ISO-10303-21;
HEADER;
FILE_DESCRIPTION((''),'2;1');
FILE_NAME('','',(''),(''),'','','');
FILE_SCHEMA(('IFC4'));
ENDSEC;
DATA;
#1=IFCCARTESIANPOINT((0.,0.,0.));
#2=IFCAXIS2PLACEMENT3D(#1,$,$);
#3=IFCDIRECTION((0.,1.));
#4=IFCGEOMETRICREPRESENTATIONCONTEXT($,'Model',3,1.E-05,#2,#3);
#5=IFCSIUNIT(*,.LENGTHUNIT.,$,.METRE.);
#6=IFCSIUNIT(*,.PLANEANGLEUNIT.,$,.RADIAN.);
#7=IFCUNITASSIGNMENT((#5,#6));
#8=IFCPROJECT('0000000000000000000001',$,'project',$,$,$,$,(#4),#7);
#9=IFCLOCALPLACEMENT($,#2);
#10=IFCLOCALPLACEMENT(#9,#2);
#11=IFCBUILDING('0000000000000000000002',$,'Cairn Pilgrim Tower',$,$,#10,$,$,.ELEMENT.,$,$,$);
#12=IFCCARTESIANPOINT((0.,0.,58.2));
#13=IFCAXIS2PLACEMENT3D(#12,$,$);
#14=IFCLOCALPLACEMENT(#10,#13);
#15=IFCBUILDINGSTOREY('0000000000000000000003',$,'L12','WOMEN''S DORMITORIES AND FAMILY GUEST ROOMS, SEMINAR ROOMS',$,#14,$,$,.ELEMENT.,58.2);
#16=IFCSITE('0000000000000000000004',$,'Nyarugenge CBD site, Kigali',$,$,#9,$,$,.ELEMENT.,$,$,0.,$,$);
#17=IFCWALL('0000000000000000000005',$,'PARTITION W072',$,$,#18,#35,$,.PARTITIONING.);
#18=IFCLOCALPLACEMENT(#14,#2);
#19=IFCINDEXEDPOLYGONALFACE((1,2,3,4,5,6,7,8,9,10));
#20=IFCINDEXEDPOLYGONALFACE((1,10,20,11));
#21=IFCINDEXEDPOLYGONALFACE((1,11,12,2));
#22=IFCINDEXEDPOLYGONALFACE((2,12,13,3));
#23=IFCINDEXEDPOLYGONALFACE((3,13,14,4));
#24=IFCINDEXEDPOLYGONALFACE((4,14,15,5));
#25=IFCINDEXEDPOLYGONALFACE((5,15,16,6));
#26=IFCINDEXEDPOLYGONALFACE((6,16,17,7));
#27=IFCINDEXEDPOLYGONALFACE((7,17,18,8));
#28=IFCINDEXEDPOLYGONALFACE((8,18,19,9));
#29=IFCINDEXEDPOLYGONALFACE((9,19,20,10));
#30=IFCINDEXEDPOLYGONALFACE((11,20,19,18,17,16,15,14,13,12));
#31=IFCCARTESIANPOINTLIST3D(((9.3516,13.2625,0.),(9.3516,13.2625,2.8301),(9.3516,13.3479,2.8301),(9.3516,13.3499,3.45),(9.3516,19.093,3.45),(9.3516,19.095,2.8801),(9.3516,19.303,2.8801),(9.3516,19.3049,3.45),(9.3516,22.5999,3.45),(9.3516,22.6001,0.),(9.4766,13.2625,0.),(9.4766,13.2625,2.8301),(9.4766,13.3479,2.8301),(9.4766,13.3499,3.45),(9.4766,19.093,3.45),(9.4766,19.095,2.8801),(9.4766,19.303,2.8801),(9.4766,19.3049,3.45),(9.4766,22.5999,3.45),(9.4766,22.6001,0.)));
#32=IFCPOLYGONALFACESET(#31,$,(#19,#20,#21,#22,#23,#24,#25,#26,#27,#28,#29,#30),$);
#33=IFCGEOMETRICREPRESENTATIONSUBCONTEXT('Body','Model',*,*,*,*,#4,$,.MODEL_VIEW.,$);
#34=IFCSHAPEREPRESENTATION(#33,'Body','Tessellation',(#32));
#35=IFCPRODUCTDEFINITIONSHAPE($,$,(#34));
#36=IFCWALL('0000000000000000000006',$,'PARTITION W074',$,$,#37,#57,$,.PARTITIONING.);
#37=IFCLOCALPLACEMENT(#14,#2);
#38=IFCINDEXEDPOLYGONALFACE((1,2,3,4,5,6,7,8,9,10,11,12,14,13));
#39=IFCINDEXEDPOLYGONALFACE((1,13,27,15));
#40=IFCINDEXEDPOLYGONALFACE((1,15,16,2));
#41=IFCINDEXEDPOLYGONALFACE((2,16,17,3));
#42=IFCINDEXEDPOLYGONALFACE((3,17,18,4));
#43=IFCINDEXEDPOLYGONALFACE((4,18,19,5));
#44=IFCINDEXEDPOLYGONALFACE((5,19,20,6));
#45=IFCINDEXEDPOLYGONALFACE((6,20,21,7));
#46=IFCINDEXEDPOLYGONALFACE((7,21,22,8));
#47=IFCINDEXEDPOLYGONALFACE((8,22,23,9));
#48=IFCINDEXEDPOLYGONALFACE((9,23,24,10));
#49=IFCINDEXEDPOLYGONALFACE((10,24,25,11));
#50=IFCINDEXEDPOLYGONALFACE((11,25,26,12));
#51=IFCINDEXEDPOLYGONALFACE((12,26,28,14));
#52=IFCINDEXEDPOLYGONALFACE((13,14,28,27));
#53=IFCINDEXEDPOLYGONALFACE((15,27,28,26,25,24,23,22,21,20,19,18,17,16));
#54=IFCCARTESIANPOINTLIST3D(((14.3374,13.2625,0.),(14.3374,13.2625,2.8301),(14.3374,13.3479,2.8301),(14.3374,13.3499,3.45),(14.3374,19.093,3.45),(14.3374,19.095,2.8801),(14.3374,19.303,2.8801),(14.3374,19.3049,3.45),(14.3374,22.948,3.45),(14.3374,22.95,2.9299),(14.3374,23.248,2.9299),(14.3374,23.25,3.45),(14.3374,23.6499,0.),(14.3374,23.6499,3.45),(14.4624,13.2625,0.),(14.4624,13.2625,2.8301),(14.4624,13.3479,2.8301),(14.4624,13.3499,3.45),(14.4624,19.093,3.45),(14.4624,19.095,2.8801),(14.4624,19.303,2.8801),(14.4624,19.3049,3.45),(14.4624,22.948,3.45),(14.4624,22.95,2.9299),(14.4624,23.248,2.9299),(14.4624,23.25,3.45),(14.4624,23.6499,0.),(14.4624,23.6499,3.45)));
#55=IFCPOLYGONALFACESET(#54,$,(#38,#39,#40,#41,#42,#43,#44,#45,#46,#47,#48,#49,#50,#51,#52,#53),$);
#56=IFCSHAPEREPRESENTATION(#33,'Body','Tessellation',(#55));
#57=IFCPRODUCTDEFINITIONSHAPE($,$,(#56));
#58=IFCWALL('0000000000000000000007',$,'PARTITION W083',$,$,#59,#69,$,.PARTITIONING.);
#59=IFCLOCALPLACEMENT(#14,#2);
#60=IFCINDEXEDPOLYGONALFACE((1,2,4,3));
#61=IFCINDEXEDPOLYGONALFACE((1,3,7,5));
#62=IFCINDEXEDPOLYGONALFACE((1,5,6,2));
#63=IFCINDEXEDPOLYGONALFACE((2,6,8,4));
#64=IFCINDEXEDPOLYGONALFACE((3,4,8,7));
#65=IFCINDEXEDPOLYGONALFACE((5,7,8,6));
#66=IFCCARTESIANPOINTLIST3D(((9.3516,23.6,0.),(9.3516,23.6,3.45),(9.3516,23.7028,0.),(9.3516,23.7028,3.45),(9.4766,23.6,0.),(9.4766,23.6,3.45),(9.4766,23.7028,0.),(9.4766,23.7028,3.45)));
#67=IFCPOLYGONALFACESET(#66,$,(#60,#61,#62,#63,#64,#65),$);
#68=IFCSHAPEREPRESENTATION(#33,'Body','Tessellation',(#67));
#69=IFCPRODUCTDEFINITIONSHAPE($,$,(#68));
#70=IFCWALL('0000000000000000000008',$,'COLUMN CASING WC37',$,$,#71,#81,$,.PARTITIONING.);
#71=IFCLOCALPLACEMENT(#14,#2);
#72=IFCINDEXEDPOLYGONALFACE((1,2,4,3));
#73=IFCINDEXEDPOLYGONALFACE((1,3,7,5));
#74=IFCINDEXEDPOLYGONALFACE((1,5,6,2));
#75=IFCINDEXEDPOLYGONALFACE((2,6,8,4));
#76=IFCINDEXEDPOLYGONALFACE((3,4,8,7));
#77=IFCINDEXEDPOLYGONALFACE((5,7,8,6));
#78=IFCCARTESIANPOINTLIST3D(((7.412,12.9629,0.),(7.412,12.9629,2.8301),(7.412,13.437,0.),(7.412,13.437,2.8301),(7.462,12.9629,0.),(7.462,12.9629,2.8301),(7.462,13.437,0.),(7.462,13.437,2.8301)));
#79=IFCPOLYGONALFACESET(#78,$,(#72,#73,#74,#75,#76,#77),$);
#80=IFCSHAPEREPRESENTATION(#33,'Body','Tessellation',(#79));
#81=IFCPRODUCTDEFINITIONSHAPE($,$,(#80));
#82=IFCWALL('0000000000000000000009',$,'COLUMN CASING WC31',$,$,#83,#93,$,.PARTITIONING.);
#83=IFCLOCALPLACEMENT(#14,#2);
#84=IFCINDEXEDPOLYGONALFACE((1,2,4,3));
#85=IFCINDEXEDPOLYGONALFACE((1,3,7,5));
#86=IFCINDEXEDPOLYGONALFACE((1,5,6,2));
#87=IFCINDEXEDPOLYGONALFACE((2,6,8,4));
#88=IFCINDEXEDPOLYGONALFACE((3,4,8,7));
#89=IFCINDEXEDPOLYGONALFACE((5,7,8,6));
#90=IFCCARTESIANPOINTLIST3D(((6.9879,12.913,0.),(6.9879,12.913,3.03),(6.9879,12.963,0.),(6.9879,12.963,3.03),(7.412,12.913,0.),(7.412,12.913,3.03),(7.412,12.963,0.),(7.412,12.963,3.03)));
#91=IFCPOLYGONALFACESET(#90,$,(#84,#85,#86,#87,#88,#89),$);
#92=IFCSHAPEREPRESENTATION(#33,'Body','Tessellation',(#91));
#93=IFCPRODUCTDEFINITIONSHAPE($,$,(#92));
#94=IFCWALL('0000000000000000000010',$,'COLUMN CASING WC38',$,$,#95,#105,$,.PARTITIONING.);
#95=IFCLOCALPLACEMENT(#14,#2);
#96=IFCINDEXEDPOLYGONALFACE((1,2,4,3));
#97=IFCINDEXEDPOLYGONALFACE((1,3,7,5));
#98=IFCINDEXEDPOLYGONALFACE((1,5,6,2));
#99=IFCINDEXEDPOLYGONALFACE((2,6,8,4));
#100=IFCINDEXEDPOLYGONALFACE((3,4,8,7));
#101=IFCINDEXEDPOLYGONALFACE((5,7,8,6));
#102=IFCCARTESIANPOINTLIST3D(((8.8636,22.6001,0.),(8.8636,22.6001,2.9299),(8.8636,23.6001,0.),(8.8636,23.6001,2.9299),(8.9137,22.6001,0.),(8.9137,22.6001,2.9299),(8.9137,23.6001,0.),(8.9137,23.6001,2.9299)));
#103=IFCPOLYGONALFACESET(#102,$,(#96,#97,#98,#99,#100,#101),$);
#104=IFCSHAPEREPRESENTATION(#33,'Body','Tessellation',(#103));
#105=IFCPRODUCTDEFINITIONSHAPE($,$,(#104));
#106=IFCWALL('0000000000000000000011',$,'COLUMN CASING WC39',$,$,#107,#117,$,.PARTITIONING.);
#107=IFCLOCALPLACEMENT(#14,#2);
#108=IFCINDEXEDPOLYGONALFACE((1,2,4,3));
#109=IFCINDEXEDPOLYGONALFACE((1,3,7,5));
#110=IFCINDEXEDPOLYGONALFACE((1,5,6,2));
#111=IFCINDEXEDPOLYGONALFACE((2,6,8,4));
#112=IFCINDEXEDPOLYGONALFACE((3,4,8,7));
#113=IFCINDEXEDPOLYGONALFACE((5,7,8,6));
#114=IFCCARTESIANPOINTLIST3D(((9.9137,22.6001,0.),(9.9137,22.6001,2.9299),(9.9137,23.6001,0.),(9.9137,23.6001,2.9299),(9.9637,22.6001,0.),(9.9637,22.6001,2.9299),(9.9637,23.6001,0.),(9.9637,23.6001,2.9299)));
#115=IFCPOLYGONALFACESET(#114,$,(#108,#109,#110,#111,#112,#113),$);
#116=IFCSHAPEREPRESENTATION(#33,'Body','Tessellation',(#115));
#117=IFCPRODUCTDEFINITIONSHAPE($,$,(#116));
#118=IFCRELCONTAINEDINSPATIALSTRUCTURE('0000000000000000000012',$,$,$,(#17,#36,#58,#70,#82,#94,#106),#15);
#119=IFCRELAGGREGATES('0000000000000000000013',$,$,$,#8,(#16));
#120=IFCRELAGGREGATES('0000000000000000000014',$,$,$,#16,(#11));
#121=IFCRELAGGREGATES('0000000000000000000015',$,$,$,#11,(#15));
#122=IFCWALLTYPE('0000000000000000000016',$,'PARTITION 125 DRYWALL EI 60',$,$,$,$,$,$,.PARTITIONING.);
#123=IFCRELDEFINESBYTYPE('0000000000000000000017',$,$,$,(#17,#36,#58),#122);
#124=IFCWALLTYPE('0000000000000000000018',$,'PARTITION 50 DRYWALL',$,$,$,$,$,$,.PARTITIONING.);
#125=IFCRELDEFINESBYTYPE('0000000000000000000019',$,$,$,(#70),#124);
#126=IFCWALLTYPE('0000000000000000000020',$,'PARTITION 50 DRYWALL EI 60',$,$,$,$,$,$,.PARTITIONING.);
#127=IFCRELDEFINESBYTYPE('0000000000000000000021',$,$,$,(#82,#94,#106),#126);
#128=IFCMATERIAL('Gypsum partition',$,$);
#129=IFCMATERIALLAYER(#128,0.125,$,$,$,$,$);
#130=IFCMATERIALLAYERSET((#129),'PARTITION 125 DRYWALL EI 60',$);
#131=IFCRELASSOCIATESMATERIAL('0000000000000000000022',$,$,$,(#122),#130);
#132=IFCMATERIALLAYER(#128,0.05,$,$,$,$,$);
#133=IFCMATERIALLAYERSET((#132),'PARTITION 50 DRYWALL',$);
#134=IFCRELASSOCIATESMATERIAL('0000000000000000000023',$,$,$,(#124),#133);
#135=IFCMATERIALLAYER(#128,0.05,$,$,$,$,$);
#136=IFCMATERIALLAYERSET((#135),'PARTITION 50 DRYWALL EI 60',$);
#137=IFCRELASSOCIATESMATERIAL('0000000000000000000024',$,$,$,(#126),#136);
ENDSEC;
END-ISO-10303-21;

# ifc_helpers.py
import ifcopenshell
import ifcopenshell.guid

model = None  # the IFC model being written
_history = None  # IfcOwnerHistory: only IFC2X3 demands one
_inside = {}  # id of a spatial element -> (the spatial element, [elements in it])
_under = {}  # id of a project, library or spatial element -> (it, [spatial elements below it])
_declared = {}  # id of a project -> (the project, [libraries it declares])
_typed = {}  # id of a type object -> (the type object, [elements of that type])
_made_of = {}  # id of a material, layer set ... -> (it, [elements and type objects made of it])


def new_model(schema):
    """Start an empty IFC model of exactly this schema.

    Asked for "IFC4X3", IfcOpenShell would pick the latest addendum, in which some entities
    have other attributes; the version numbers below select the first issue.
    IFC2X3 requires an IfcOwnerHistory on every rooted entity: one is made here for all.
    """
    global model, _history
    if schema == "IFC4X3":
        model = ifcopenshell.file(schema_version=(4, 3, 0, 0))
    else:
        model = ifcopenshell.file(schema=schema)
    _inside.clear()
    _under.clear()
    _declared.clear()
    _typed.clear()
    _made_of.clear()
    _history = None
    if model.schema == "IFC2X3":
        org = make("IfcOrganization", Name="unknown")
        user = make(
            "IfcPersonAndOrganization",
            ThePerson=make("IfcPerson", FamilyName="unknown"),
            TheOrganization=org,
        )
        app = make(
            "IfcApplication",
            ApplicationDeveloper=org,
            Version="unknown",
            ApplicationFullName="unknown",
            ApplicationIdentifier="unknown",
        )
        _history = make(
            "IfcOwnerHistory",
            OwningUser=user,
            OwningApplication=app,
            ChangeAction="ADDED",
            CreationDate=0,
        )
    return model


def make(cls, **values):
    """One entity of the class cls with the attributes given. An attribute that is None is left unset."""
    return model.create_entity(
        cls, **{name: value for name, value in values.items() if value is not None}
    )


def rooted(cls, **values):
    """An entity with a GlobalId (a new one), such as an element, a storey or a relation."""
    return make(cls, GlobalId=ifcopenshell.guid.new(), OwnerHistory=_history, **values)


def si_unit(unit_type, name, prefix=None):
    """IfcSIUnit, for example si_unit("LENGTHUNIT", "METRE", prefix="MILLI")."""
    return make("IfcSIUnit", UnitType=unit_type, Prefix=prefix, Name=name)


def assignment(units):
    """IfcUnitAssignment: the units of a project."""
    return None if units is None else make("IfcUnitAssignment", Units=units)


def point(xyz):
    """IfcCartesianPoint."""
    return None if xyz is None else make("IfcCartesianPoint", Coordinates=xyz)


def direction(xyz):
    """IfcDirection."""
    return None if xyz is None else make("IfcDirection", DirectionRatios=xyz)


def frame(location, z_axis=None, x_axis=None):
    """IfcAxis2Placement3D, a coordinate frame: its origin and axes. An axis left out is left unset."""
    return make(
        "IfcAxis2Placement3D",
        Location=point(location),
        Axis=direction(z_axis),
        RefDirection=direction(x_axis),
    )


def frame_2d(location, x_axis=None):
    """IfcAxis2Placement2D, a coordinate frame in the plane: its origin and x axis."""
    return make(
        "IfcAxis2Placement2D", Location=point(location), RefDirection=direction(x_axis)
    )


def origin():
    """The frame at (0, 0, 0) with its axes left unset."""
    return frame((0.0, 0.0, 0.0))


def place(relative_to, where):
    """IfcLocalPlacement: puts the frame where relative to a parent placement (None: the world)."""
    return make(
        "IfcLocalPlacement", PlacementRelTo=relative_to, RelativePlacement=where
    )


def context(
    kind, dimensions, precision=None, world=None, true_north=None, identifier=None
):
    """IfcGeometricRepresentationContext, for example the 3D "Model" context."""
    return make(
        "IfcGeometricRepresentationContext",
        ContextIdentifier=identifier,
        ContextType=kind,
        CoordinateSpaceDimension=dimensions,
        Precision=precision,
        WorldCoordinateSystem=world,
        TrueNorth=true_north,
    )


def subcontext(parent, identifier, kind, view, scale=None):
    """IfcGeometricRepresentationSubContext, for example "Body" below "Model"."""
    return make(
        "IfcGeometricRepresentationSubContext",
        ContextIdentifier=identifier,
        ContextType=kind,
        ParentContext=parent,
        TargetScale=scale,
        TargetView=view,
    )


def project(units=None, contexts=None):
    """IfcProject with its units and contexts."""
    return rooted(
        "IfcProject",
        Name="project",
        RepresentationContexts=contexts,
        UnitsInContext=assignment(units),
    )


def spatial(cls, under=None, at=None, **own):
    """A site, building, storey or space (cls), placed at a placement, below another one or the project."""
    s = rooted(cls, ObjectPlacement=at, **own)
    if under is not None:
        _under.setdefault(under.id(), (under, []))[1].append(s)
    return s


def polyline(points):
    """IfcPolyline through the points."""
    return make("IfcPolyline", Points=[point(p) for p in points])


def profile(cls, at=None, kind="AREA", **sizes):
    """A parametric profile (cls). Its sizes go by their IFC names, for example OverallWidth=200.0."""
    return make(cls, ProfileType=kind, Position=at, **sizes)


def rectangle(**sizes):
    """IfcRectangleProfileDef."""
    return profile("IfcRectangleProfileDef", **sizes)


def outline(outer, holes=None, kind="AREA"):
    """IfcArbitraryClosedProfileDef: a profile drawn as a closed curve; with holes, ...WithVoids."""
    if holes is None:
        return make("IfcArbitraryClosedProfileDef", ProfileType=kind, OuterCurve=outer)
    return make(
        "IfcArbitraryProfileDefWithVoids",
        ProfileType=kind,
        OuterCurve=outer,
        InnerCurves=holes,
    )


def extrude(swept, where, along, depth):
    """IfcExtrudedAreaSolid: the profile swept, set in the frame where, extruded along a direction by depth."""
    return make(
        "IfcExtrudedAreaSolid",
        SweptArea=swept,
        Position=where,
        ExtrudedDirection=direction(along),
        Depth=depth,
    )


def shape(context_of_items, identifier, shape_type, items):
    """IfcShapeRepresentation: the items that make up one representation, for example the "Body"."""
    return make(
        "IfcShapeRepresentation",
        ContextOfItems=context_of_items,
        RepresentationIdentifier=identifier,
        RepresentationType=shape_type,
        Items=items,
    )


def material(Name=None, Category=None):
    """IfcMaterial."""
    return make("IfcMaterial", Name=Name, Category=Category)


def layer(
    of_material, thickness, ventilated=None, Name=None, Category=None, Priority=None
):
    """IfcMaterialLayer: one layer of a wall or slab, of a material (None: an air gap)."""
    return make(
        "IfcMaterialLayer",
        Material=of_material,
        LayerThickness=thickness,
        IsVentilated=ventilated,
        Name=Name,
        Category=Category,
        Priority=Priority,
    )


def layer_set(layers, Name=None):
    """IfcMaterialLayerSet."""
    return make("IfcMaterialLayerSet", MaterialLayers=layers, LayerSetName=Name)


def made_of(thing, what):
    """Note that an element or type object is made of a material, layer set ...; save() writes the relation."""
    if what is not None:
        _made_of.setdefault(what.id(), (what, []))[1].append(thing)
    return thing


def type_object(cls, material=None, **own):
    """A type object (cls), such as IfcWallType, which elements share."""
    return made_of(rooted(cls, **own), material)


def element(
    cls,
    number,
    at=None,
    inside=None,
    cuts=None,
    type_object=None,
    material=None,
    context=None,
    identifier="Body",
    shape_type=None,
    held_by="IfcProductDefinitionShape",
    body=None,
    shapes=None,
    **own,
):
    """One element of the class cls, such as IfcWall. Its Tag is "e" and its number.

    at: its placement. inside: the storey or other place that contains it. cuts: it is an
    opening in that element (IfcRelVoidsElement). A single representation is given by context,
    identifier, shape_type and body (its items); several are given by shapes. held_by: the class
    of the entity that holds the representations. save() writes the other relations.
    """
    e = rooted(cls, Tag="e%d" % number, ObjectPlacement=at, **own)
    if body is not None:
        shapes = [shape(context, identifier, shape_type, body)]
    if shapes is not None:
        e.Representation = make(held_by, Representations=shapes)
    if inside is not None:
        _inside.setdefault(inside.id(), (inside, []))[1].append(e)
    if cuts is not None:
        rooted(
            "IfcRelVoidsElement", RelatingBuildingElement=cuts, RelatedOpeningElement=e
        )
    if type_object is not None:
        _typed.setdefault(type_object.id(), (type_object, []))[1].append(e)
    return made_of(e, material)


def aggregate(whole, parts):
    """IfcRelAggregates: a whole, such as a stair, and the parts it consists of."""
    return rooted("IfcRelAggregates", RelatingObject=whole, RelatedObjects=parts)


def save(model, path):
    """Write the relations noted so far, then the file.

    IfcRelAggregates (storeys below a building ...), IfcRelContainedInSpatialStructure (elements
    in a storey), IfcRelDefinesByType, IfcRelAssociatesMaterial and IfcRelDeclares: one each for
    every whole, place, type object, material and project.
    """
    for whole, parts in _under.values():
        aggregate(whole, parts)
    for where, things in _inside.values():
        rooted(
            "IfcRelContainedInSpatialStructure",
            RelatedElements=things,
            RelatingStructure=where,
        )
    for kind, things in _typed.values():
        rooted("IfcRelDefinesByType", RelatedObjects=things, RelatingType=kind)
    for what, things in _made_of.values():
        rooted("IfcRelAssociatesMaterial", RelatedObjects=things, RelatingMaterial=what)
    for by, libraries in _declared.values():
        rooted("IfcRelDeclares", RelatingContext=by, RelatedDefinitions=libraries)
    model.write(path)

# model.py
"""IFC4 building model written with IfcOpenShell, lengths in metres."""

from ifc_helpers import new_model, si_unit, direction, frame, frame_2d, origin, place, context, subcontext, project, spatial, polyline, rectangle, outline, extrude, material, layer, layer_set, type_object, element, save


model = new_model("IFC4")

# Units and contexts
model_context = context("Model", 3, precision=1e-05, world=origin(), true_north=direction((0.0, 1.0)))
body_context = subcontext(model_context, "Body", "Model", "MODEL_VIEW")
ifc_project = project(units=[si_unit("LENGTHUNIT", "METRE"), si_unit("PLANEANGLEUNIT", "RADIAN")], contexts=[model_context])

# Site, building, storey
site_placement = place(None, origin())
site = spatial("IfcSite", under=ifc_project, at=site_placement, Name="Nyarugenge CBD site, Kigali", CompositionType="ELEMENT", RefElevation=0.0)
building_placement = place(site_placement, origin())
building = spatial("IfcBuilding", under=site, at=building_placement, Name="Cairn Pilgrim Tower", CompositionType="ELEMENT")
storey_placement = place(building_placement, frame((0.0, 0.0, 58.2)))
storey = spatial("IfcBuildingStorey", under=building, at=storey_placement, Name="L12", Description="WOMEN'S DORMITORIES AND FAMILY GUEST ROOMS, SEMINAR ROOMS", CompositionType="ELEMENT", Elevation=58.2)

# Shared definitions
ifc_material_1 = material(Name="Gypsum partition")

# Shared definitions
ifc_layer_1 = layer(ifc_material_1, 0.125)
ifc_layer_set_1 = layer_set([ifc_layer_1], Name="PARTITION 125 DRYWALL EI 60")
wall_type_1 = type_object("IfcWallType", Name="PARTITION 125 DRYWALL EI 60", PredefinedType="PARTITIONING", material=ifc_layer_set_1)

# Walls
wall_1_placement = place(storey_placement, frame((9.4141, 13.2625, 0.0), z_axis=(0.0, 0.0, 1.0), x_axis=(0.0, 1.0, 0.0)))
element("IfcWall", 1, at=wall_1_placement, inside=storey, type_object=wall_type_1, Name="PARTITION W072", PredefinedType="PARTITIONING", context=body_context, shape_type="SweptSolid", body=[
    extrude(outline(polyline([(0.0, 0.0), (9.3376, 0.0), (9.3374, 3.45), (6.0425, 3.45), (6.0405, 2.8801), (5.8325, 2.8801), (5.8306, 3.45), (0.0874, 3.45), (0.0854, 2.8301), (0.0, 2.8301), (0.0, 0.0)])), frame((0.0, 0.0625, 0.0), z_axis=(0.0, -1.0, 0.0), x_axis=(1.0, 0.0, 0.0)), (0.0, 0.0, 1.0), 0.125),
])
wall_2_placement = place(storey_placement, frame((14.3999, 13.2625, 0.0), z_axis=(0.0, 0.0, 1.0), x_axis=(0.0, 1.0, 0.0)))
element("IfcWall", 2, at=wall_2_placement, inside=storey, type_object=wall_type_1, Name="PARTITION W074", PredefinedType="PARTITIONING", context=body_context, shape_type="SweptSolid", body=[
    extrude(outline(polyline([(0.0, 0.0), (10.3875, 0.0), (10.3875, 3.45), (9.9875, 3.45), (9.9856, 2.9299), (9.6875, 2.9299), (9.6855, 3.45), (6.0425, 3.45), (6.0405, 2.8801), (5.8325, 2.8801), (5.8306, 3.45), (0.0874, 3.45), (0.0854, 2.8301), (0.0, 2.8301), (0.0, 0.0)])), frame((0.0, 0.0625, 0.0), z_axis=(0.0, -1.0, 0.0), x_axis=(1.0, 0.0, 0.0)), (0.0, 0.0, 1.0), 0.125),
])
wall_3_placement = place(storey_placement, frame((9.4141, 23.6001, 0.0), z_axis=(0.0, 0.0, 1.0), x_axis=(0.0, 1.0, 0.0)))
element("IfcWall", 3, at=wall_3_placement, inside=storey, type_object=wall_type_1, Name="PARTITION W083", PredefinedType="PARTITIONING", context=body_context, shape_type="SweptSolid", body=[
    extrude(rectangle(XDim=0.1028, YDim=0.125, at=frame_2d((0.0513, 0.0))), origin(), (0.0, 0.0, 1.0), 3.45),
])
ifc_layer_2 = layer(ifc_material_1, 0.05)
ifc_layer_set_2 = layer_set([ifc_layer_2], Name="PARTITION 50 DRYWALL")
wall_type_2 = type_object("IfcWallType", Name="PARTITION 50 DRYWALL", PredefinedType="PARTITIONING", material=ifc_layer_set_2)
wall_4_placement = place(storey_placement, frame((7.437, 12.9629, 0.0), z_axis=(0.0, 0.0, 1.0), x_axis=(0.0, 1.0, 0.0)))
element("IfcWall", 4, at=wall_4_placement, inside=storey, type_object=wall_type_2, Name="COLUMN CASING WC37", PredefinedType="PARTITIONING", context=body_context, shape_type="SweptSolid", body=[
    extrude(rectangle(XDim=0.4741, YDim=0.05, at=frame_2d((0.2371, 0.0))), origin(), (0.0, 0.0, 1.0), 2.8301),
])
ifc_layer_3 = layer(ifc_material_1, 0.05)
ifc_layer_set_3 = layer_set([ifc_layer_3], Name="PARTITION 50 DRYWALL EI 60")
wall_type_3 = type_object("IfcWallType", Name="PARTITION 50 DRYWALL EI 60", PredefinedType="PARTITIONING", material=ifc_layer_set_3)
wall_5_placement = place(storey_placement, frame((6.988, 12.938, 0.0), z_axis=(0.0, 0.0, 1.0), x_axis=(1.0, 0.0, 0.0)))
element("IfcWall", 5, at=wall_5_placement, inside=storey, type_object=wall_type_3, Name="COLUMN CASING WC31", PredefinedType="PARTITIONING", context=body_context, shape_type="SweptSolid", body=[
    extrude(rectangle(XDim=0.4241, YDim=0.05, at=frame_2d((0.2119, 0.0))), origin(), (0.0, 0.0, 1.0), 3.03),
])
for number, where, z_axis, x_axis, name in (
    (6, (8.8887, 22.6001, 0.0), (0.0, 0.0, 1.0), (0.0, 1.0, 0.0), "COLUMN CASING WC38"),
    (7, (9.9387, 22.6001, 0.0), (0.0, 0.0, 1.0), (0.0, 1.0, 0.0), "COLUMN CASING WC39"),
):
    element("IfcWall", number, at=place(storey_placement, frame(where, z_axis=z_axis, x_axis=x_axis)), inside=storey, type_object=wall_type_3, Name=name, PredefinedType="PARTITIONING", context=body_context, shape_type="SweptSolid", body=[
        extrude(rectangle(XDim=1.0, YDim=0.05, at=frame_2d((0.5, 0.0))), origin(), (0.0, 0.0, 1.0), 2.9299),
    ])

save(model, "model.ifc")
